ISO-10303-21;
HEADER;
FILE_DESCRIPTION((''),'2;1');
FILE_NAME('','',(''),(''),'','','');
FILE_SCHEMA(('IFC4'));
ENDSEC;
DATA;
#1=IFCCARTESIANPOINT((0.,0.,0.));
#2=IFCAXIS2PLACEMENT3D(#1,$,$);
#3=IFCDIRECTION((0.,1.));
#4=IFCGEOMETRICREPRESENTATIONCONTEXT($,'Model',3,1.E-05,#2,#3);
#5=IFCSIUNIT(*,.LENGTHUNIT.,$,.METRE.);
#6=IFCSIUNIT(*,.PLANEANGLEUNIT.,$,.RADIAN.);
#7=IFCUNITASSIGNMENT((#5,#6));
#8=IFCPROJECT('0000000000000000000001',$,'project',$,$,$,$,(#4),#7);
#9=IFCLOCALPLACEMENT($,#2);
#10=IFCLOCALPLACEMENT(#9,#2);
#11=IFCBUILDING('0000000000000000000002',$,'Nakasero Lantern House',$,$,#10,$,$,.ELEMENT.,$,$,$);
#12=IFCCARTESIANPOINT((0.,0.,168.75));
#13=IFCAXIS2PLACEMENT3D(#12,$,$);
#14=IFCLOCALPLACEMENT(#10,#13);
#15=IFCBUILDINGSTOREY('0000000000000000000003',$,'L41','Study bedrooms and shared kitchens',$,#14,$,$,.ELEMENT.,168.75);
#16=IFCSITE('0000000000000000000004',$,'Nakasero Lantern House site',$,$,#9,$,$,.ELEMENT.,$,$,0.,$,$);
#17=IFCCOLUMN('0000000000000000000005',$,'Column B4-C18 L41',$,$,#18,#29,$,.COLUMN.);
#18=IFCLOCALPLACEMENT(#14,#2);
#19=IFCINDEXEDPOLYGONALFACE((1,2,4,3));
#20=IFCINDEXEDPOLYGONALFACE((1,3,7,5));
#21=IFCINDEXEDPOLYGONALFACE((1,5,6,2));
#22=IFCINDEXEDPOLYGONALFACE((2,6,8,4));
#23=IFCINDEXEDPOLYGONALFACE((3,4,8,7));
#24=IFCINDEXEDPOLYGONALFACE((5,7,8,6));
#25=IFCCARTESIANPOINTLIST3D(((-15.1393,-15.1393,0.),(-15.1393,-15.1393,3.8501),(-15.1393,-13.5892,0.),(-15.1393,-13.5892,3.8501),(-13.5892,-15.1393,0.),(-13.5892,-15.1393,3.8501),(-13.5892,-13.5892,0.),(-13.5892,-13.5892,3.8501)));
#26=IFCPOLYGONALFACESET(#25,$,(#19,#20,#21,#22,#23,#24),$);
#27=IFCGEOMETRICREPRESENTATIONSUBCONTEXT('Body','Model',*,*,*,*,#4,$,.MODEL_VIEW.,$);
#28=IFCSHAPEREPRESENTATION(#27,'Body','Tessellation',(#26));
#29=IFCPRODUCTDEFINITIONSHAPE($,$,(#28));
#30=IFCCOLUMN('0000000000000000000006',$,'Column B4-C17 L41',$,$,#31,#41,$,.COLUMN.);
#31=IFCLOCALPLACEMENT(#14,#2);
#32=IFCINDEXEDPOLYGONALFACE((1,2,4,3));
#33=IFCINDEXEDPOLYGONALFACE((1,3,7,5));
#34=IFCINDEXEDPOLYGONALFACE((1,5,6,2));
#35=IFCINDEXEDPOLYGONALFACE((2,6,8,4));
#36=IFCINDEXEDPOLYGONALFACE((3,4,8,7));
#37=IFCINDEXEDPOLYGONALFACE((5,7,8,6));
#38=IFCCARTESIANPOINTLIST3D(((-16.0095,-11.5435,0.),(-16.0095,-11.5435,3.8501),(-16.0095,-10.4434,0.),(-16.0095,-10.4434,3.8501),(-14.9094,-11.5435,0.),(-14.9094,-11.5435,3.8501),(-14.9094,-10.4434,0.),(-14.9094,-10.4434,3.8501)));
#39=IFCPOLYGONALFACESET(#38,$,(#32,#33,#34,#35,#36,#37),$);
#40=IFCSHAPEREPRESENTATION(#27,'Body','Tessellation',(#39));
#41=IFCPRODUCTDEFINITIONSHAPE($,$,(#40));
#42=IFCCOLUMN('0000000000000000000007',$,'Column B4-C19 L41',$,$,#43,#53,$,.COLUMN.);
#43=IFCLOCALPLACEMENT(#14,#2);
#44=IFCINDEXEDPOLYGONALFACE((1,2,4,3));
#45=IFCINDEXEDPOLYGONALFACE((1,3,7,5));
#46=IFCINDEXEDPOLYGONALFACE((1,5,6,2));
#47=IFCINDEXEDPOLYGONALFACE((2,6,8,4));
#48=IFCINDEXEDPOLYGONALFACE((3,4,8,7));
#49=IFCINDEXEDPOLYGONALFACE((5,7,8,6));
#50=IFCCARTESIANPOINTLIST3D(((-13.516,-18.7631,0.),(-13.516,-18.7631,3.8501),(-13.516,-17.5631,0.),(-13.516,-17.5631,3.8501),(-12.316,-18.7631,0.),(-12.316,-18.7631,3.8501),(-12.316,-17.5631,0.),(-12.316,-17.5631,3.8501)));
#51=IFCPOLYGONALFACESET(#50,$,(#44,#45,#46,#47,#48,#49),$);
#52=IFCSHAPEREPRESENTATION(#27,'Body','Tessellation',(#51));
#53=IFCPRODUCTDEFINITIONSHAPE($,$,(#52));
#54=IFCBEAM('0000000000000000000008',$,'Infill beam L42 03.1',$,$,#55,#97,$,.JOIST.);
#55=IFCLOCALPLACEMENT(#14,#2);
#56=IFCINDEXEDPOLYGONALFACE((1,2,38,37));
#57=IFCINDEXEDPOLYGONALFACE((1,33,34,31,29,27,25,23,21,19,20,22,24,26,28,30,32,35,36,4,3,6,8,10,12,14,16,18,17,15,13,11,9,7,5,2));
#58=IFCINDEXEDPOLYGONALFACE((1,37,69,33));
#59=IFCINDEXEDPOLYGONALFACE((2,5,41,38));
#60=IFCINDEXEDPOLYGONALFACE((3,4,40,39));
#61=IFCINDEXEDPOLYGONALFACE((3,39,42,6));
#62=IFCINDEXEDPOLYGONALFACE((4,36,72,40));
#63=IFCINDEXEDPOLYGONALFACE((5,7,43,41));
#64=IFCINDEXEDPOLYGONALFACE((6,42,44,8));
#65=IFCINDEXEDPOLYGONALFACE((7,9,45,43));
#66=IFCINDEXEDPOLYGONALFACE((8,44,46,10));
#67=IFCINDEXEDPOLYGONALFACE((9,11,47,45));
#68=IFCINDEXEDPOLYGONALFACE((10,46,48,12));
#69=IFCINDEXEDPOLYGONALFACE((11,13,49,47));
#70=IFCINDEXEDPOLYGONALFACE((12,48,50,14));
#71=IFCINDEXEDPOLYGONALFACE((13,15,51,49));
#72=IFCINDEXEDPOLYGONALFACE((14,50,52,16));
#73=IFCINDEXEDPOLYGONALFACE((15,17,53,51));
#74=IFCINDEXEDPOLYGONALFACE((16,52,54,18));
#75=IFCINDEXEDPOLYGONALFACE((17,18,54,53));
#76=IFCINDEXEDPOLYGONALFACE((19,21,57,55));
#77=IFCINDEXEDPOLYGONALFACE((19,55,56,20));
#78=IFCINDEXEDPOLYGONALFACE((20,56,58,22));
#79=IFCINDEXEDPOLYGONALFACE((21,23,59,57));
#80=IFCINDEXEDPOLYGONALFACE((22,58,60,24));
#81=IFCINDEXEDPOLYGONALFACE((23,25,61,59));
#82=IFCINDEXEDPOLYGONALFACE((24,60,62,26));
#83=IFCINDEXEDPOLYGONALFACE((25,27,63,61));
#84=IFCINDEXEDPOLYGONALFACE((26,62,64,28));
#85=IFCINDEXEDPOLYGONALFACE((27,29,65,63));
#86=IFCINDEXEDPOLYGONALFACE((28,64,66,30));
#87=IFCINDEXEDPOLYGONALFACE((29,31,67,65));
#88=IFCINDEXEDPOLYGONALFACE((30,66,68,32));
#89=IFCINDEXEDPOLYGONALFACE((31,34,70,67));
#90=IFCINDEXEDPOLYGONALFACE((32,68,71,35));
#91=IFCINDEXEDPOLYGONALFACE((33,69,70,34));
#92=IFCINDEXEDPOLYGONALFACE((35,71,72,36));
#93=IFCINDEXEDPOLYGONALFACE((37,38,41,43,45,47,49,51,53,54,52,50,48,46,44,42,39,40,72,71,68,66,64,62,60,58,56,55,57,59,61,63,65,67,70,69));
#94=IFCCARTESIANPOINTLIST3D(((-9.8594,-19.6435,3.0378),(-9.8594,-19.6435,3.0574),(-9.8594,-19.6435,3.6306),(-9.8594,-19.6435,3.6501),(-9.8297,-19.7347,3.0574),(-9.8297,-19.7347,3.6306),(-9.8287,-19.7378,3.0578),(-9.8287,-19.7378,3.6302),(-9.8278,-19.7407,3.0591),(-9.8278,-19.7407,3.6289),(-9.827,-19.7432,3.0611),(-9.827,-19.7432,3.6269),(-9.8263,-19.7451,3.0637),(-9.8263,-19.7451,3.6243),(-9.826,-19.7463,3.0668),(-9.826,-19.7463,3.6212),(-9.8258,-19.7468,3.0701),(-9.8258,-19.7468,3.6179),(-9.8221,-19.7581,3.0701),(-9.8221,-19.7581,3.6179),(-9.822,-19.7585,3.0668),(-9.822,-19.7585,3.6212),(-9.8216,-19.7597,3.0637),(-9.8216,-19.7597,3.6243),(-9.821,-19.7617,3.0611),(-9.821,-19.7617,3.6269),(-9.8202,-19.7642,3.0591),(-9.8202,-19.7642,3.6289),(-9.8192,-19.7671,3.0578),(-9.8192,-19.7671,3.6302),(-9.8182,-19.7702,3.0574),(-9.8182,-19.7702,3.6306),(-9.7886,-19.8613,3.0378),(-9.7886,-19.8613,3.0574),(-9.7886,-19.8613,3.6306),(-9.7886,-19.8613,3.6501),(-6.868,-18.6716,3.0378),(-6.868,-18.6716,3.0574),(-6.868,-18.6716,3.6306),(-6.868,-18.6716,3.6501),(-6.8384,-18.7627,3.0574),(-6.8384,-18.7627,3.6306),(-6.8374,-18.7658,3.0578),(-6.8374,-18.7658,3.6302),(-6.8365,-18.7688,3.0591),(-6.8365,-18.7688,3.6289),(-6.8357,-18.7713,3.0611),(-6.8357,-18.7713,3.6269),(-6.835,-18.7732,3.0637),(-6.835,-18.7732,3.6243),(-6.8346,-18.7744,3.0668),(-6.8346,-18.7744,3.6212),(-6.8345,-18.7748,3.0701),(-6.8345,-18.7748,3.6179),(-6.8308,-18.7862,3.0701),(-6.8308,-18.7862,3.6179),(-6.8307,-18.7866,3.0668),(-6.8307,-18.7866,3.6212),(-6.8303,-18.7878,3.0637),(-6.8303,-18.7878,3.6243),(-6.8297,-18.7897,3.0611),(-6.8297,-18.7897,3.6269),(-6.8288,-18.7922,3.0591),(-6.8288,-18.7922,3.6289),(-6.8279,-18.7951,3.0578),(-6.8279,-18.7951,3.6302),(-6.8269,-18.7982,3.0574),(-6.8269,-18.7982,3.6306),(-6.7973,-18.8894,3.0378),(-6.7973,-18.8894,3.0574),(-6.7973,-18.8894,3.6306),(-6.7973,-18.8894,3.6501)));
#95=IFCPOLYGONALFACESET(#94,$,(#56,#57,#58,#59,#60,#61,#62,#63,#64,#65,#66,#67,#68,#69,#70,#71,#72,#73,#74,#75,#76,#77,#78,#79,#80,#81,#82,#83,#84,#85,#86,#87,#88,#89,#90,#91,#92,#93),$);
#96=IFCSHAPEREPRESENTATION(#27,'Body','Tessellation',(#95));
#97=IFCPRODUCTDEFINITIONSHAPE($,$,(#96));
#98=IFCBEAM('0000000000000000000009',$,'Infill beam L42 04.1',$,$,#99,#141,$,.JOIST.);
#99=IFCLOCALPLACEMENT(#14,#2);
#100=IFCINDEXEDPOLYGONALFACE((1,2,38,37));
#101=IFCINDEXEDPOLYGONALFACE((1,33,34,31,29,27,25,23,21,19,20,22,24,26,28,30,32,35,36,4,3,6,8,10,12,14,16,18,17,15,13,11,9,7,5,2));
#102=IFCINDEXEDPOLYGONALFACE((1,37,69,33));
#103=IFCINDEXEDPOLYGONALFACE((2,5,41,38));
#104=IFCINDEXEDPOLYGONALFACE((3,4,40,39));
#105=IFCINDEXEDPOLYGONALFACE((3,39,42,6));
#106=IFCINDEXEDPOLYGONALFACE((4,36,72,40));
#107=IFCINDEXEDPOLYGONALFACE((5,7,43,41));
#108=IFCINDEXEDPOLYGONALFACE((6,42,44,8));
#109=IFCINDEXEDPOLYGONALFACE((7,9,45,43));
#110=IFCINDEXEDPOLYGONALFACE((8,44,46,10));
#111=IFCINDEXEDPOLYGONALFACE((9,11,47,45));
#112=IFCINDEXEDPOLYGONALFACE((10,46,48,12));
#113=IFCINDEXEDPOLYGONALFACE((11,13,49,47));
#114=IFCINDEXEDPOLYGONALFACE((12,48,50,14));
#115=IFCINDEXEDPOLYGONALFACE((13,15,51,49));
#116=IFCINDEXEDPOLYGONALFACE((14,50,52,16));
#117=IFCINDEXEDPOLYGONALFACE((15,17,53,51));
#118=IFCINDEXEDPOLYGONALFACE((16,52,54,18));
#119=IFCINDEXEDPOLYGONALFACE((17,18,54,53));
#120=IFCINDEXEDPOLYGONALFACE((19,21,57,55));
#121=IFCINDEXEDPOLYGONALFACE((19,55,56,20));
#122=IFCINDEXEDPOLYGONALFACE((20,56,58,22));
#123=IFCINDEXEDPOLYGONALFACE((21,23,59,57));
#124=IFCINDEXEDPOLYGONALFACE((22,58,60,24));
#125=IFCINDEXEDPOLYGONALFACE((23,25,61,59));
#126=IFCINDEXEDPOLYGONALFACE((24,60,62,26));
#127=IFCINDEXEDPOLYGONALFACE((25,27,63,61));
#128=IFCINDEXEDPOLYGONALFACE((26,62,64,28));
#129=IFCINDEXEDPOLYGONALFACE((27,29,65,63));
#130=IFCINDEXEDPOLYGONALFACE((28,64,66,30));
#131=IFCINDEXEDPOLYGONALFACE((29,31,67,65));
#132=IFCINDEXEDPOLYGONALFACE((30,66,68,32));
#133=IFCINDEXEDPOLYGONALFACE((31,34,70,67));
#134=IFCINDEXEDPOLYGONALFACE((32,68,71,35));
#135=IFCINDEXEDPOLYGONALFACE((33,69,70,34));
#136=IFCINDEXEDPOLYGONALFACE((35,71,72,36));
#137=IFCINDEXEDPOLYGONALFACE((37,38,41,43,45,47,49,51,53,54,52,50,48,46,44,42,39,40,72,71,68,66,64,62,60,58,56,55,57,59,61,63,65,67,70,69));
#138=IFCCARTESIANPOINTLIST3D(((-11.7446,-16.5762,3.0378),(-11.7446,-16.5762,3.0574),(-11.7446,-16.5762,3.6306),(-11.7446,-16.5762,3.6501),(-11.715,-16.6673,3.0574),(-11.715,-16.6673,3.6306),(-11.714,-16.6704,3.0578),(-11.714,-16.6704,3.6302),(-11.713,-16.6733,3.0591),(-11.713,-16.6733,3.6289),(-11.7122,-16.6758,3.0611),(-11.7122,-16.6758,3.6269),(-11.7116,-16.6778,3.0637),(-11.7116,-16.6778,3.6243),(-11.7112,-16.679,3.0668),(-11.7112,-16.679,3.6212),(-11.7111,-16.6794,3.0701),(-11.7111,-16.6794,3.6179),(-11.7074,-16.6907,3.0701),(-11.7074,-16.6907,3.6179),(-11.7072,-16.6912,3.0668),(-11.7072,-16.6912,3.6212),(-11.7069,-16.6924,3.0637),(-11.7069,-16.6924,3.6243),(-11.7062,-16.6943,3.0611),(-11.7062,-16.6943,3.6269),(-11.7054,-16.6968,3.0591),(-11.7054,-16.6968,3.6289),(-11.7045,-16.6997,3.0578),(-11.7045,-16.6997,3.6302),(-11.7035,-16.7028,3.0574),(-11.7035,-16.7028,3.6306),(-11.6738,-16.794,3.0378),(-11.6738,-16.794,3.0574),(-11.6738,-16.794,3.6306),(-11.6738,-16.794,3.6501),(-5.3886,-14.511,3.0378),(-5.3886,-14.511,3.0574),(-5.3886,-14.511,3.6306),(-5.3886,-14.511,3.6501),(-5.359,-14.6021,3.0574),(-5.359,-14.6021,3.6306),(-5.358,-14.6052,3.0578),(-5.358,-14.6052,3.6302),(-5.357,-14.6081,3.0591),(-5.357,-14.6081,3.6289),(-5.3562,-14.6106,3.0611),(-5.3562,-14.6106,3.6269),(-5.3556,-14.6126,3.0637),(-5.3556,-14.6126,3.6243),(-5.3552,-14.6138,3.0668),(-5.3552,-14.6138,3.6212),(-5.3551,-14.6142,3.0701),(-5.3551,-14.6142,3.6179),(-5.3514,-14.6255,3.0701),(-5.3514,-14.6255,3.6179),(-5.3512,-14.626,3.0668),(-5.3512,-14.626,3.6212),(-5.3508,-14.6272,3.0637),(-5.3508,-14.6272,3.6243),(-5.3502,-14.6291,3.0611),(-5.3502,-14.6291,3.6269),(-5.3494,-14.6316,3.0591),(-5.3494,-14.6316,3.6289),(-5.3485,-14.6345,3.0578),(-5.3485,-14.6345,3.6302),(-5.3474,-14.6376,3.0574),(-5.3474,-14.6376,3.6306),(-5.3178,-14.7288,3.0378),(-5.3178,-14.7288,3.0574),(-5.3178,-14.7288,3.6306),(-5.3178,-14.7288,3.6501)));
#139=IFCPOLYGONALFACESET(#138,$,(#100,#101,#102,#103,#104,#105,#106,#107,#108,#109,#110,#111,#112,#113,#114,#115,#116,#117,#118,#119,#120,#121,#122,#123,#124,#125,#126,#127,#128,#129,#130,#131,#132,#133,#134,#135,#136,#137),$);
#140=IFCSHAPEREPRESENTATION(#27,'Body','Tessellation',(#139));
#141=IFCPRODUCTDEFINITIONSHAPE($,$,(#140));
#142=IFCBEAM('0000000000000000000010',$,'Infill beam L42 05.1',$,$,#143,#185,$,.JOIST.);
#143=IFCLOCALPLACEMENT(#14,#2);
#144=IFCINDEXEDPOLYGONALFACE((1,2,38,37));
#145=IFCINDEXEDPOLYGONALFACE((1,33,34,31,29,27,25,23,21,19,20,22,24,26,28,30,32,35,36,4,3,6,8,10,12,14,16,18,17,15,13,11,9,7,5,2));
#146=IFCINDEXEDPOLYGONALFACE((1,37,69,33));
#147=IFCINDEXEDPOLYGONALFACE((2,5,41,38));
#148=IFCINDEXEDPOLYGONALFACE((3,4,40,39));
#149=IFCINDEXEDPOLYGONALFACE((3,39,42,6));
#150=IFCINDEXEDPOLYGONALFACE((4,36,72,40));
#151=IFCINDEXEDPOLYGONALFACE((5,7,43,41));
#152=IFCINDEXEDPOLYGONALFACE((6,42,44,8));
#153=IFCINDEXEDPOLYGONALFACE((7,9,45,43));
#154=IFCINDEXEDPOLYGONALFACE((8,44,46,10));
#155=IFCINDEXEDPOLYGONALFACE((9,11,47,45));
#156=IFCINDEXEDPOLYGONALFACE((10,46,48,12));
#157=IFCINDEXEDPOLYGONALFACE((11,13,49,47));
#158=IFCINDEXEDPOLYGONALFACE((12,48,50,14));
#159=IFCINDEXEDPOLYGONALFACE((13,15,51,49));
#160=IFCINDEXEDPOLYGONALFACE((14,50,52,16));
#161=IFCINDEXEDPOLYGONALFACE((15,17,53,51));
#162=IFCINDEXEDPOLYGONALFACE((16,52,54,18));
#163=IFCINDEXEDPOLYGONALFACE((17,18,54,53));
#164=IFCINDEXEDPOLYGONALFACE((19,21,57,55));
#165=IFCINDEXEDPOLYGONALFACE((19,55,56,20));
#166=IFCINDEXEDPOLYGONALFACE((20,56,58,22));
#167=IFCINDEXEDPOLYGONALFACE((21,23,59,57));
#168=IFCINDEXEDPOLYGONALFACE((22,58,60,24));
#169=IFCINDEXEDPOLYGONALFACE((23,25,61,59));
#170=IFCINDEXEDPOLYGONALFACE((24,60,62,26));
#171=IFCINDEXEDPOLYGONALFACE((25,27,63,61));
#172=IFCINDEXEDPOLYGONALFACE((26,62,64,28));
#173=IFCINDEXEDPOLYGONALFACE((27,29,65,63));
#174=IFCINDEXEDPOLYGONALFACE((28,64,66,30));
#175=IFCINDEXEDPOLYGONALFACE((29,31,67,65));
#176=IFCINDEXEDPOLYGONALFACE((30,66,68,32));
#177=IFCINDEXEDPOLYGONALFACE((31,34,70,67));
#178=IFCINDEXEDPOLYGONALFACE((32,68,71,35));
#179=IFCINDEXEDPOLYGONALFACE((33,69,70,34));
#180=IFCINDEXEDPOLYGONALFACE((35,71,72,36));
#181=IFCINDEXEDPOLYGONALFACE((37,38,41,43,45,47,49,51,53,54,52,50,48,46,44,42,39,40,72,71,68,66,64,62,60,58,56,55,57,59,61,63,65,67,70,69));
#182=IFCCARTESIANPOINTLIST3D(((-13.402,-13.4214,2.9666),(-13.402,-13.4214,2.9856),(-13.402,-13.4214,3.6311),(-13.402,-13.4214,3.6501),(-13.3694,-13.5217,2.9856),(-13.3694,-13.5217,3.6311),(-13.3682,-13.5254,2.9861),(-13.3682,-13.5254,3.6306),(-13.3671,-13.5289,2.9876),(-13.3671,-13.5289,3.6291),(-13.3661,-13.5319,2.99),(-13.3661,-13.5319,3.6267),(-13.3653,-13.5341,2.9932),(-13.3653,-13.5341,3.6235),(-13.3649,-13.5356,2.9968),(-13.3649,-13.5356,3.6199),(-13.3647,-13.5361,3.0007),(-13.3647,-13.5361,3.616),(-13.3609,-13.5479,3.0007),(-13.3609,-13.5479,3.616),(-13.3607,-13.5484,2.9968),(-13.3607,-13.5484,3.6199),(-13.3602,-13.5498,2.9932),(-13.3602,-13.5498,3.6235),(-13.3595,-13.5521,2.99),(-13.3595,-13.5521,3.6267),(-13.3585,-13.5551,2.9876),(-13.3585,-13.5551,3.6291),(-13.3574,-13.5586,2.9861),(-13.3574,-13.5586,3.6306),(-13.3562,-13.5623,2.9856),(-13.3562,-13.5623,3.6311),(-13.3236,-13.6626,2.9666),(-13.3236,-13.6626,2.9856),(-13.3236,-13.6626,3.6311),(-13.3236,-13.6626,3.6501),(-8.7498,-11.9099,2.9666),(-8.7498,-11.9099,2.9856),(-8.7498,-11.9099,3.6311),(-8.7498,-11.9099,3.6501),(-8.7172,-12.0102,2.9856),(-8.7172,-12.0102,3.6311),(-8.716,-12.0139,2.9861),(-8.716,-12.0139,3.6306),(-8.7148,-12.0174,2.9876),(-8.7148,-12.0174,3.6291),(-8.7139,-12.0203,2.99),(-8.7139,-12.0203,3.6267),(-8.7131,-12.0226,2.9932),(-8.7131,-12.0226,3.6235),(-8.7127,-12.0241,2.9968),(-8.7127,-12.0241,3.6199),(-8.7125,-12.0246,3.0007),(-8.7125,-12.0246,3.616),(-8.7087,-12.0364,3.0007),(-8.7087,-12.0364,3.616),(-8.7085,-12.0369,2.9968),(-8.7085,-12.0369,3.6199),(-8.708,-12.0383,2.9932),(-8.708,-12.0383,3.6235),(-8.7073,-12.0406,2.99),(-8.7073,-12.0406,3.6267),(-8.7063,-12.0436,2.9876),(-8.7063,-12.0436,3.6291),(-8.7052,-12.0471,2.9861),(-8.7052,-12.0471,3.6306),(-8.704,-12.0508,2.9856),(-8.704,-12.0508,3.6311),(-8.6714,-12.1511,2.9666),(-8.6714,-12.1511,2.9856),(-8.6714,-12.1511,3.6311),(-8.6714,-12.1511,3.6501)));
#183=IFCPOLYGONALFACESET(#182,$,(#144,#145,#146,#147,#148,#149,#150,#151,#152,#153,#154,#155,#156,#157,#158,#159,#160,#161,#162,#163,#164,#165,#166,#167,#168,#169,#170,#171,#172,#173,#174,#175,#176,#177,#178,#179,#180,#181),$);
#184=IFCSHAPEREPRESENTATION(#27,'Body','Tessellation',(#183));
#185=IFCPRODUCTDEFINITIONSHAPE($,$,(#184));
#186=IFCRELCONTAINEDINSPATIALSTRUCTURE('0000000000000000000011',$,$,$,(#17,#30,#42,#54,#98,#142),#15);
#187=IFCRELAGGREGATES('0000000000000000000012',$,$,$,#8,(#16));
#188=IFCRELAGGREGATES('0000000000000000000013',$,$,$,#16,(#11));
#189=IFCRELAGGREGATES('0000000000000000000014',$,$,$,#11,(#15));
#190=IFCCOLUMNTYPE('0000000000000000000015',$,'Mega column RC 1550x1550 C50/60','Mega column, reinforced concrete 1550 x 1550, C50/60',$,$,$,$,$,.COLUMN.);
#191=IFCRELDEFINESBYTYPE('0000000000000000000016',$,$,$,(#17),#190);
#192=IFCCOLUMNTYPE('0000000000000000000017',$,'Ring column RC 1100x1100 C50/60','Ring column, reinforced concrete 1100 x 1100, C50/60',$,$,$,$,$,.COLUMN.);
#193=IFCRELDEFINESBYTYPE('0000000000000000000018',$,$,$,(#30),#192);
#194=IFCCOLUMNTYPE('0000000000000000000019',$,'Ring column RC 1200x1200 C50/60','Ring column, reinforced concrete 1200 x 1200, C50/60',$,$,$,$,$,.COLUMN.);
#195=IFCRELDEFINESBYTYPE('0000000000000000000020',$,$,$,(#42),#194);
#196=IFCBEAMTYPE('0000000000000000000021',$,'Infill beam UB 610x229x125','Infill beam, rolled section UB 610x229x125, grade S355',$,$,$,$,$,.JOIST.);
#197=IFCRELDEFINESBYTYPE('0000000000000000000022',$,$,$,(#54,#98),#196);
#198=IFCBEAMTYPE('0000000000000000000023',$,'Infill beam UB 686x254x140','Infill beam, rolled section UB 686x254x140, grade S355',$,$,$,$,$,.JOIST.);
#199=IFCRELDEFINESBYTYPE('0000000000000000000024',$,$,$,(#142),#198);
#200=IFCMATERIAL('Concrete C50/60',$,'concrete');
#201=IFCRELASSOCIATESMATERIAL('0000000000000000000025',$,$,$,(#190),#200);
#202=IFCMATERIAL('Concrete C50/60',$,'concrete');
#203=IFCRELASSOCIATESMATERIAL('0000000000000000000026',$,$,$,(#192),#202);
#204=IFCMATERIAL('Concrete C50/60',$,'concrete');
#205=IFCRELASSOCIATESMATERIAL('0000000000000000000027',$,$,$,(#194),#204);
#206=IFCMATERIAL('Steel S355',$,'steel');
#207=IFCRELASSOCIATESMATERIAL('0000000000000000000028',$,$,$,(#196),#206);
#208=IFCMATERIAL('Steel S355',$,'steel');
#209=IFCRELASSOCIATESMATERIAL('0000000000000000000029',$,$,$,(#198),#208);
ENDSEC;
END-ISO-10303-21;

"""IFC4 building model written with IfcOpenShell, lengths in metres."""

from ifc_helpers import new_model, si_unit, direction, frame, origin, origin_2d, place, context, subcontext, project, spatial, rectangle, i_section, extrude, material, material_profile, profile_set, type_object, element, save


model = new_model("IFC4")

# Units and contexts
model_context = context("Model", 3, precision=1e-05, world=origin(), true_north=direction((0.0, 1.0)))
body_context = subcontext(model_context, "Body", "Model", "MODEL_VIEW")
ifc_project = project(units=[si_unit("LENGTHUNIT", "METRE"), si_unit("PLANEANGLEUNIT", "RADIAN")], contexts=[model_context])

# Site, building, storey
site_placement = place(None, origin())
site = spatial("IfcSite", under=ifc_project, at=site_placement, Name="Nakasero Lantern House site", CompositionType="ELEMENT", RefElevation=0.0)
building_placement = place(site_placement, origin())
building = spatial("IfcBuilding", under=site, at=building_placement, Name="Nakasero Lantern House", CompositionType="ELEMENT")
storey_placement = place(building_placement, frame((0.0, 0.0, 168.75)))
storey = spatial("IfcBuildingStorey", under=building, at=storey_placement, Name="L41", Description="Study bedrooms and shared kitchens", CompositionType="ELEMENT", Elevation=168.75)

# Columns
ifc_material_1 = material(Name="Concrete C50/60", Category="concrete")
ifc_material_profile_1 = material_profile(ifc_material_1, rectangle(XDim=1.55, YDim=1.55, at=origin_2d()), Name="RC 1550x1550")
ifc_profile_set_1 = profile_set([ifc_material_profile_1], Name="Concrete C50/60")
column_type_1 = type_object("IfcColumnType", Name="Mega column RC 1550x1550 C50/60", Description="Mega column, reinforced concrete 1550 x 1550, C50/60", PredefinedType="COLUMN", material=ifc_profile_set_1)
column_1_placement = place(storey_placement, frame((-14.3643, -14.3643, 0.0), z_axis=(0.0, 0.0, 1.0), x_axis=(1.0, 0.0, 0.0)))
element("IfcColumn", 1, at=column_1_placement, inside=storey, type_object=column_type_1, Name="Column B4-C18 L41", PredefinedType="COLUMN", context=body_context, shape_type="SweptSolid", body=[
    extrude(rectangle(XDim=1.55, YDim=1.55, at=origin_2d()), origin(), (0.0, 0.0, 1.0), 3.8501),
])
ifc_material_2 = material(Name="Concrete C50/60", Category="concrete")
ifc_material_profile_2 = material_profile(ifc_material_2, rectangle(XDim=1.1001, YDim=1.1001, at=origin_2d()), Name="RC 1100x1100")
ifc_profile_set_2 = profile_set([ifc_material_profile_2], Name="Concrete C50/60")
column_type_2 = type_object("IfcColumnType", Name="Ring column RC 1100x1100 C50/60", Description="Ring column, reinforced concrete 1100 x 1100, C50/60", PredefinedType="COLUMN", material=ifc_profile_set_2)
column_2_placement = place(storey_placement, frame((-15.4595, -10.9934, 0.0), z_axis=(0.0, 0.0, 1.0), x_axis=(1.0, 0.0, 0.0)))
element("IfcColumn", 2, at=column_2_placement, inside=storey, type_object=column_type_2, Name="Column B4-C17 L41", PredefinedType="COLUMN", context=body_context, shape_type="SweptSolid", body=[
    extrude(rectangle(XDim=1.1001, YDim=1.1001, at=origin_2d()), origin(), (0.0, 0.0, 1.0), 3.8501),
])
ifc_material_3 = material(Name="Concrete C50/60", Category="concrete")
ifc_material_profile_3 = material_profile(ifc_material_3, rectangle(XDim=1.2, YDim=1.2, at=origin_2d()), Name="RC 1200x1200")
ifc_profile_set_3 = profile_set([ifc_material_profile_3], Name="Concrete C50/60")
column_type_3 = type_object("IfcColumnType", Name="Ring column RC 1200x1200 C50/60", Description="Ring column, reinforced concrete 1200 x 1200, C50/60", PredefinedType="COLUMN", material=ifc_profile_set_3)
column_3_placement = place(storey_placement, frame((-12.916, -18.1631, 0.0), z_axis=(0.0, 0.0, 1.0), x_axis=(1.0, 0.0, 0.0)))
element("IfcColumn", 3, at=column_3_placement, inside=storey, type_object=column_type_3, Name="Column B4-C19 L41", PredefinedType="COLUMN", context=body_context, shape_type="SweptSolid", body=[
    extrude(rectangle(XDim=1.2, YDim=1.2, at=origin_2d()), origin(), (0.0, 0.0, 1.0), 3.8501),
])

# Beams
ifc_material_4 = material(Name="Steel S355", Category="steel")
ifc_material_profile_4 = material_profile(ifc_material_4, i_section(OverallWidth=0.229, OverallDepth=0.6123, WebThickness=0.012, FlangeThickness=0.0195, FilletRadius=0.0127, at=origin_2d()), Name="UB 610x229x125")
ifc_profile_set_4 = profile_set([ifc_material_profile_4], Name="Steel S355")
beam_type_1 = type_object("IfcBeamType", Name="Infill beam UB 610x229x125", Description="Infill beam, rolled section UB 610x229x125, grade S355", PredefinedType="JOIST", material=ifc_profile_set_4)
beam_1_placement = place(storey_placement, frame((-9.824, -19.7524, 3.344), z_axis=(0.951055, 0.309023, 0.0), x_axis=(-0.309023, 0.951055, 0.0)))
element("IfcBeam", 4, at=beam_1_placement, inside=storey, type_object=beam_type_1, Name="Infill beam L42 03.1", PredefinedType="JOIST", context=body_context, shape_type="SweptSolid", body=[
    extrude(i_section(OverallWidth=0.229, OverallDepth=0.6123, WebThickness=0.012, FlangeThickness=0.0195, FilletRadius=0.0127, at=origin_2d()), origin(), (0.0, 0.0, 1.0), 3.1453),
])
beam_2_placement = place(storey_placement, frame((-11.7092, -16.6851, 3.344), z_axis=(0.951056, 0.309018, 0.0), x_axis=(-0.309018, 0.951056, 0.0)))
element("IfcBeam", 5, at=beam_2_placement, inside=storey, type_object=beam_type_1, Name="Infill beam L42 04.1", PredefinedType="JOIST", context=body_context, shape_type="SweptSolid", body=[
    extrude(i_section(OverallWidth=0.229, OverallDepth=0.6123, WebThickness=0.012, FlangeThickness=0.0195, FilletRadius=0.0127, at=origin_2d()), origin(), (0.0, 0.0, 1.0), 6.6831),
])
ifc_material_5 = material(Name="Steel S355", Category="steel")
ifc_material_profile_5 = material_profile(ifc_material_5, i_section(OverallWidth=0.2537, OverallDepth=0.6836, WebThickness=0.0125, FlangeThickness=0.019, FilletRadius=0.0151, at=origin_2d()), Name="UB 686x254x140")
ifc_profile_set_5 = profile_set([ifc_material_profile_5], Name="Steel S355")
beam_type_2 = type_object("IfcBeamType", Name="Infill beam UB 686x254x140", Description="Infill beam, rolled section UB 686x254x140, grade S355", PredefinedType="JOIST", material=ifc_profile_set_5)
beam_3_placement = place(storey_placement, frame((-13.3628, -13.542, 3.3083), z_axis=(0.951062, 0.309001, 0.0), x_axis=(-0.309001, 0.951062, 0.0)))
element("IfcBeam", 6, at=beam_3_placement, inside=storey, type_object=beam_type_2, Name="Infill beam L42 05.1", PredefinedType="JOIST", context=body_context, shape_type="SweptSolid", body=[
    extrude(i_section(OverallWidth=0.2537, OverallDepth=0.6836, WebThickness=0.0125, FlangeThickness=0.019, FilletRadius=0.0151, at=origin_2d()), origin(), (0.0, 0.0, 1.0), 4.8916),
])

save(model, "model.ifc")
